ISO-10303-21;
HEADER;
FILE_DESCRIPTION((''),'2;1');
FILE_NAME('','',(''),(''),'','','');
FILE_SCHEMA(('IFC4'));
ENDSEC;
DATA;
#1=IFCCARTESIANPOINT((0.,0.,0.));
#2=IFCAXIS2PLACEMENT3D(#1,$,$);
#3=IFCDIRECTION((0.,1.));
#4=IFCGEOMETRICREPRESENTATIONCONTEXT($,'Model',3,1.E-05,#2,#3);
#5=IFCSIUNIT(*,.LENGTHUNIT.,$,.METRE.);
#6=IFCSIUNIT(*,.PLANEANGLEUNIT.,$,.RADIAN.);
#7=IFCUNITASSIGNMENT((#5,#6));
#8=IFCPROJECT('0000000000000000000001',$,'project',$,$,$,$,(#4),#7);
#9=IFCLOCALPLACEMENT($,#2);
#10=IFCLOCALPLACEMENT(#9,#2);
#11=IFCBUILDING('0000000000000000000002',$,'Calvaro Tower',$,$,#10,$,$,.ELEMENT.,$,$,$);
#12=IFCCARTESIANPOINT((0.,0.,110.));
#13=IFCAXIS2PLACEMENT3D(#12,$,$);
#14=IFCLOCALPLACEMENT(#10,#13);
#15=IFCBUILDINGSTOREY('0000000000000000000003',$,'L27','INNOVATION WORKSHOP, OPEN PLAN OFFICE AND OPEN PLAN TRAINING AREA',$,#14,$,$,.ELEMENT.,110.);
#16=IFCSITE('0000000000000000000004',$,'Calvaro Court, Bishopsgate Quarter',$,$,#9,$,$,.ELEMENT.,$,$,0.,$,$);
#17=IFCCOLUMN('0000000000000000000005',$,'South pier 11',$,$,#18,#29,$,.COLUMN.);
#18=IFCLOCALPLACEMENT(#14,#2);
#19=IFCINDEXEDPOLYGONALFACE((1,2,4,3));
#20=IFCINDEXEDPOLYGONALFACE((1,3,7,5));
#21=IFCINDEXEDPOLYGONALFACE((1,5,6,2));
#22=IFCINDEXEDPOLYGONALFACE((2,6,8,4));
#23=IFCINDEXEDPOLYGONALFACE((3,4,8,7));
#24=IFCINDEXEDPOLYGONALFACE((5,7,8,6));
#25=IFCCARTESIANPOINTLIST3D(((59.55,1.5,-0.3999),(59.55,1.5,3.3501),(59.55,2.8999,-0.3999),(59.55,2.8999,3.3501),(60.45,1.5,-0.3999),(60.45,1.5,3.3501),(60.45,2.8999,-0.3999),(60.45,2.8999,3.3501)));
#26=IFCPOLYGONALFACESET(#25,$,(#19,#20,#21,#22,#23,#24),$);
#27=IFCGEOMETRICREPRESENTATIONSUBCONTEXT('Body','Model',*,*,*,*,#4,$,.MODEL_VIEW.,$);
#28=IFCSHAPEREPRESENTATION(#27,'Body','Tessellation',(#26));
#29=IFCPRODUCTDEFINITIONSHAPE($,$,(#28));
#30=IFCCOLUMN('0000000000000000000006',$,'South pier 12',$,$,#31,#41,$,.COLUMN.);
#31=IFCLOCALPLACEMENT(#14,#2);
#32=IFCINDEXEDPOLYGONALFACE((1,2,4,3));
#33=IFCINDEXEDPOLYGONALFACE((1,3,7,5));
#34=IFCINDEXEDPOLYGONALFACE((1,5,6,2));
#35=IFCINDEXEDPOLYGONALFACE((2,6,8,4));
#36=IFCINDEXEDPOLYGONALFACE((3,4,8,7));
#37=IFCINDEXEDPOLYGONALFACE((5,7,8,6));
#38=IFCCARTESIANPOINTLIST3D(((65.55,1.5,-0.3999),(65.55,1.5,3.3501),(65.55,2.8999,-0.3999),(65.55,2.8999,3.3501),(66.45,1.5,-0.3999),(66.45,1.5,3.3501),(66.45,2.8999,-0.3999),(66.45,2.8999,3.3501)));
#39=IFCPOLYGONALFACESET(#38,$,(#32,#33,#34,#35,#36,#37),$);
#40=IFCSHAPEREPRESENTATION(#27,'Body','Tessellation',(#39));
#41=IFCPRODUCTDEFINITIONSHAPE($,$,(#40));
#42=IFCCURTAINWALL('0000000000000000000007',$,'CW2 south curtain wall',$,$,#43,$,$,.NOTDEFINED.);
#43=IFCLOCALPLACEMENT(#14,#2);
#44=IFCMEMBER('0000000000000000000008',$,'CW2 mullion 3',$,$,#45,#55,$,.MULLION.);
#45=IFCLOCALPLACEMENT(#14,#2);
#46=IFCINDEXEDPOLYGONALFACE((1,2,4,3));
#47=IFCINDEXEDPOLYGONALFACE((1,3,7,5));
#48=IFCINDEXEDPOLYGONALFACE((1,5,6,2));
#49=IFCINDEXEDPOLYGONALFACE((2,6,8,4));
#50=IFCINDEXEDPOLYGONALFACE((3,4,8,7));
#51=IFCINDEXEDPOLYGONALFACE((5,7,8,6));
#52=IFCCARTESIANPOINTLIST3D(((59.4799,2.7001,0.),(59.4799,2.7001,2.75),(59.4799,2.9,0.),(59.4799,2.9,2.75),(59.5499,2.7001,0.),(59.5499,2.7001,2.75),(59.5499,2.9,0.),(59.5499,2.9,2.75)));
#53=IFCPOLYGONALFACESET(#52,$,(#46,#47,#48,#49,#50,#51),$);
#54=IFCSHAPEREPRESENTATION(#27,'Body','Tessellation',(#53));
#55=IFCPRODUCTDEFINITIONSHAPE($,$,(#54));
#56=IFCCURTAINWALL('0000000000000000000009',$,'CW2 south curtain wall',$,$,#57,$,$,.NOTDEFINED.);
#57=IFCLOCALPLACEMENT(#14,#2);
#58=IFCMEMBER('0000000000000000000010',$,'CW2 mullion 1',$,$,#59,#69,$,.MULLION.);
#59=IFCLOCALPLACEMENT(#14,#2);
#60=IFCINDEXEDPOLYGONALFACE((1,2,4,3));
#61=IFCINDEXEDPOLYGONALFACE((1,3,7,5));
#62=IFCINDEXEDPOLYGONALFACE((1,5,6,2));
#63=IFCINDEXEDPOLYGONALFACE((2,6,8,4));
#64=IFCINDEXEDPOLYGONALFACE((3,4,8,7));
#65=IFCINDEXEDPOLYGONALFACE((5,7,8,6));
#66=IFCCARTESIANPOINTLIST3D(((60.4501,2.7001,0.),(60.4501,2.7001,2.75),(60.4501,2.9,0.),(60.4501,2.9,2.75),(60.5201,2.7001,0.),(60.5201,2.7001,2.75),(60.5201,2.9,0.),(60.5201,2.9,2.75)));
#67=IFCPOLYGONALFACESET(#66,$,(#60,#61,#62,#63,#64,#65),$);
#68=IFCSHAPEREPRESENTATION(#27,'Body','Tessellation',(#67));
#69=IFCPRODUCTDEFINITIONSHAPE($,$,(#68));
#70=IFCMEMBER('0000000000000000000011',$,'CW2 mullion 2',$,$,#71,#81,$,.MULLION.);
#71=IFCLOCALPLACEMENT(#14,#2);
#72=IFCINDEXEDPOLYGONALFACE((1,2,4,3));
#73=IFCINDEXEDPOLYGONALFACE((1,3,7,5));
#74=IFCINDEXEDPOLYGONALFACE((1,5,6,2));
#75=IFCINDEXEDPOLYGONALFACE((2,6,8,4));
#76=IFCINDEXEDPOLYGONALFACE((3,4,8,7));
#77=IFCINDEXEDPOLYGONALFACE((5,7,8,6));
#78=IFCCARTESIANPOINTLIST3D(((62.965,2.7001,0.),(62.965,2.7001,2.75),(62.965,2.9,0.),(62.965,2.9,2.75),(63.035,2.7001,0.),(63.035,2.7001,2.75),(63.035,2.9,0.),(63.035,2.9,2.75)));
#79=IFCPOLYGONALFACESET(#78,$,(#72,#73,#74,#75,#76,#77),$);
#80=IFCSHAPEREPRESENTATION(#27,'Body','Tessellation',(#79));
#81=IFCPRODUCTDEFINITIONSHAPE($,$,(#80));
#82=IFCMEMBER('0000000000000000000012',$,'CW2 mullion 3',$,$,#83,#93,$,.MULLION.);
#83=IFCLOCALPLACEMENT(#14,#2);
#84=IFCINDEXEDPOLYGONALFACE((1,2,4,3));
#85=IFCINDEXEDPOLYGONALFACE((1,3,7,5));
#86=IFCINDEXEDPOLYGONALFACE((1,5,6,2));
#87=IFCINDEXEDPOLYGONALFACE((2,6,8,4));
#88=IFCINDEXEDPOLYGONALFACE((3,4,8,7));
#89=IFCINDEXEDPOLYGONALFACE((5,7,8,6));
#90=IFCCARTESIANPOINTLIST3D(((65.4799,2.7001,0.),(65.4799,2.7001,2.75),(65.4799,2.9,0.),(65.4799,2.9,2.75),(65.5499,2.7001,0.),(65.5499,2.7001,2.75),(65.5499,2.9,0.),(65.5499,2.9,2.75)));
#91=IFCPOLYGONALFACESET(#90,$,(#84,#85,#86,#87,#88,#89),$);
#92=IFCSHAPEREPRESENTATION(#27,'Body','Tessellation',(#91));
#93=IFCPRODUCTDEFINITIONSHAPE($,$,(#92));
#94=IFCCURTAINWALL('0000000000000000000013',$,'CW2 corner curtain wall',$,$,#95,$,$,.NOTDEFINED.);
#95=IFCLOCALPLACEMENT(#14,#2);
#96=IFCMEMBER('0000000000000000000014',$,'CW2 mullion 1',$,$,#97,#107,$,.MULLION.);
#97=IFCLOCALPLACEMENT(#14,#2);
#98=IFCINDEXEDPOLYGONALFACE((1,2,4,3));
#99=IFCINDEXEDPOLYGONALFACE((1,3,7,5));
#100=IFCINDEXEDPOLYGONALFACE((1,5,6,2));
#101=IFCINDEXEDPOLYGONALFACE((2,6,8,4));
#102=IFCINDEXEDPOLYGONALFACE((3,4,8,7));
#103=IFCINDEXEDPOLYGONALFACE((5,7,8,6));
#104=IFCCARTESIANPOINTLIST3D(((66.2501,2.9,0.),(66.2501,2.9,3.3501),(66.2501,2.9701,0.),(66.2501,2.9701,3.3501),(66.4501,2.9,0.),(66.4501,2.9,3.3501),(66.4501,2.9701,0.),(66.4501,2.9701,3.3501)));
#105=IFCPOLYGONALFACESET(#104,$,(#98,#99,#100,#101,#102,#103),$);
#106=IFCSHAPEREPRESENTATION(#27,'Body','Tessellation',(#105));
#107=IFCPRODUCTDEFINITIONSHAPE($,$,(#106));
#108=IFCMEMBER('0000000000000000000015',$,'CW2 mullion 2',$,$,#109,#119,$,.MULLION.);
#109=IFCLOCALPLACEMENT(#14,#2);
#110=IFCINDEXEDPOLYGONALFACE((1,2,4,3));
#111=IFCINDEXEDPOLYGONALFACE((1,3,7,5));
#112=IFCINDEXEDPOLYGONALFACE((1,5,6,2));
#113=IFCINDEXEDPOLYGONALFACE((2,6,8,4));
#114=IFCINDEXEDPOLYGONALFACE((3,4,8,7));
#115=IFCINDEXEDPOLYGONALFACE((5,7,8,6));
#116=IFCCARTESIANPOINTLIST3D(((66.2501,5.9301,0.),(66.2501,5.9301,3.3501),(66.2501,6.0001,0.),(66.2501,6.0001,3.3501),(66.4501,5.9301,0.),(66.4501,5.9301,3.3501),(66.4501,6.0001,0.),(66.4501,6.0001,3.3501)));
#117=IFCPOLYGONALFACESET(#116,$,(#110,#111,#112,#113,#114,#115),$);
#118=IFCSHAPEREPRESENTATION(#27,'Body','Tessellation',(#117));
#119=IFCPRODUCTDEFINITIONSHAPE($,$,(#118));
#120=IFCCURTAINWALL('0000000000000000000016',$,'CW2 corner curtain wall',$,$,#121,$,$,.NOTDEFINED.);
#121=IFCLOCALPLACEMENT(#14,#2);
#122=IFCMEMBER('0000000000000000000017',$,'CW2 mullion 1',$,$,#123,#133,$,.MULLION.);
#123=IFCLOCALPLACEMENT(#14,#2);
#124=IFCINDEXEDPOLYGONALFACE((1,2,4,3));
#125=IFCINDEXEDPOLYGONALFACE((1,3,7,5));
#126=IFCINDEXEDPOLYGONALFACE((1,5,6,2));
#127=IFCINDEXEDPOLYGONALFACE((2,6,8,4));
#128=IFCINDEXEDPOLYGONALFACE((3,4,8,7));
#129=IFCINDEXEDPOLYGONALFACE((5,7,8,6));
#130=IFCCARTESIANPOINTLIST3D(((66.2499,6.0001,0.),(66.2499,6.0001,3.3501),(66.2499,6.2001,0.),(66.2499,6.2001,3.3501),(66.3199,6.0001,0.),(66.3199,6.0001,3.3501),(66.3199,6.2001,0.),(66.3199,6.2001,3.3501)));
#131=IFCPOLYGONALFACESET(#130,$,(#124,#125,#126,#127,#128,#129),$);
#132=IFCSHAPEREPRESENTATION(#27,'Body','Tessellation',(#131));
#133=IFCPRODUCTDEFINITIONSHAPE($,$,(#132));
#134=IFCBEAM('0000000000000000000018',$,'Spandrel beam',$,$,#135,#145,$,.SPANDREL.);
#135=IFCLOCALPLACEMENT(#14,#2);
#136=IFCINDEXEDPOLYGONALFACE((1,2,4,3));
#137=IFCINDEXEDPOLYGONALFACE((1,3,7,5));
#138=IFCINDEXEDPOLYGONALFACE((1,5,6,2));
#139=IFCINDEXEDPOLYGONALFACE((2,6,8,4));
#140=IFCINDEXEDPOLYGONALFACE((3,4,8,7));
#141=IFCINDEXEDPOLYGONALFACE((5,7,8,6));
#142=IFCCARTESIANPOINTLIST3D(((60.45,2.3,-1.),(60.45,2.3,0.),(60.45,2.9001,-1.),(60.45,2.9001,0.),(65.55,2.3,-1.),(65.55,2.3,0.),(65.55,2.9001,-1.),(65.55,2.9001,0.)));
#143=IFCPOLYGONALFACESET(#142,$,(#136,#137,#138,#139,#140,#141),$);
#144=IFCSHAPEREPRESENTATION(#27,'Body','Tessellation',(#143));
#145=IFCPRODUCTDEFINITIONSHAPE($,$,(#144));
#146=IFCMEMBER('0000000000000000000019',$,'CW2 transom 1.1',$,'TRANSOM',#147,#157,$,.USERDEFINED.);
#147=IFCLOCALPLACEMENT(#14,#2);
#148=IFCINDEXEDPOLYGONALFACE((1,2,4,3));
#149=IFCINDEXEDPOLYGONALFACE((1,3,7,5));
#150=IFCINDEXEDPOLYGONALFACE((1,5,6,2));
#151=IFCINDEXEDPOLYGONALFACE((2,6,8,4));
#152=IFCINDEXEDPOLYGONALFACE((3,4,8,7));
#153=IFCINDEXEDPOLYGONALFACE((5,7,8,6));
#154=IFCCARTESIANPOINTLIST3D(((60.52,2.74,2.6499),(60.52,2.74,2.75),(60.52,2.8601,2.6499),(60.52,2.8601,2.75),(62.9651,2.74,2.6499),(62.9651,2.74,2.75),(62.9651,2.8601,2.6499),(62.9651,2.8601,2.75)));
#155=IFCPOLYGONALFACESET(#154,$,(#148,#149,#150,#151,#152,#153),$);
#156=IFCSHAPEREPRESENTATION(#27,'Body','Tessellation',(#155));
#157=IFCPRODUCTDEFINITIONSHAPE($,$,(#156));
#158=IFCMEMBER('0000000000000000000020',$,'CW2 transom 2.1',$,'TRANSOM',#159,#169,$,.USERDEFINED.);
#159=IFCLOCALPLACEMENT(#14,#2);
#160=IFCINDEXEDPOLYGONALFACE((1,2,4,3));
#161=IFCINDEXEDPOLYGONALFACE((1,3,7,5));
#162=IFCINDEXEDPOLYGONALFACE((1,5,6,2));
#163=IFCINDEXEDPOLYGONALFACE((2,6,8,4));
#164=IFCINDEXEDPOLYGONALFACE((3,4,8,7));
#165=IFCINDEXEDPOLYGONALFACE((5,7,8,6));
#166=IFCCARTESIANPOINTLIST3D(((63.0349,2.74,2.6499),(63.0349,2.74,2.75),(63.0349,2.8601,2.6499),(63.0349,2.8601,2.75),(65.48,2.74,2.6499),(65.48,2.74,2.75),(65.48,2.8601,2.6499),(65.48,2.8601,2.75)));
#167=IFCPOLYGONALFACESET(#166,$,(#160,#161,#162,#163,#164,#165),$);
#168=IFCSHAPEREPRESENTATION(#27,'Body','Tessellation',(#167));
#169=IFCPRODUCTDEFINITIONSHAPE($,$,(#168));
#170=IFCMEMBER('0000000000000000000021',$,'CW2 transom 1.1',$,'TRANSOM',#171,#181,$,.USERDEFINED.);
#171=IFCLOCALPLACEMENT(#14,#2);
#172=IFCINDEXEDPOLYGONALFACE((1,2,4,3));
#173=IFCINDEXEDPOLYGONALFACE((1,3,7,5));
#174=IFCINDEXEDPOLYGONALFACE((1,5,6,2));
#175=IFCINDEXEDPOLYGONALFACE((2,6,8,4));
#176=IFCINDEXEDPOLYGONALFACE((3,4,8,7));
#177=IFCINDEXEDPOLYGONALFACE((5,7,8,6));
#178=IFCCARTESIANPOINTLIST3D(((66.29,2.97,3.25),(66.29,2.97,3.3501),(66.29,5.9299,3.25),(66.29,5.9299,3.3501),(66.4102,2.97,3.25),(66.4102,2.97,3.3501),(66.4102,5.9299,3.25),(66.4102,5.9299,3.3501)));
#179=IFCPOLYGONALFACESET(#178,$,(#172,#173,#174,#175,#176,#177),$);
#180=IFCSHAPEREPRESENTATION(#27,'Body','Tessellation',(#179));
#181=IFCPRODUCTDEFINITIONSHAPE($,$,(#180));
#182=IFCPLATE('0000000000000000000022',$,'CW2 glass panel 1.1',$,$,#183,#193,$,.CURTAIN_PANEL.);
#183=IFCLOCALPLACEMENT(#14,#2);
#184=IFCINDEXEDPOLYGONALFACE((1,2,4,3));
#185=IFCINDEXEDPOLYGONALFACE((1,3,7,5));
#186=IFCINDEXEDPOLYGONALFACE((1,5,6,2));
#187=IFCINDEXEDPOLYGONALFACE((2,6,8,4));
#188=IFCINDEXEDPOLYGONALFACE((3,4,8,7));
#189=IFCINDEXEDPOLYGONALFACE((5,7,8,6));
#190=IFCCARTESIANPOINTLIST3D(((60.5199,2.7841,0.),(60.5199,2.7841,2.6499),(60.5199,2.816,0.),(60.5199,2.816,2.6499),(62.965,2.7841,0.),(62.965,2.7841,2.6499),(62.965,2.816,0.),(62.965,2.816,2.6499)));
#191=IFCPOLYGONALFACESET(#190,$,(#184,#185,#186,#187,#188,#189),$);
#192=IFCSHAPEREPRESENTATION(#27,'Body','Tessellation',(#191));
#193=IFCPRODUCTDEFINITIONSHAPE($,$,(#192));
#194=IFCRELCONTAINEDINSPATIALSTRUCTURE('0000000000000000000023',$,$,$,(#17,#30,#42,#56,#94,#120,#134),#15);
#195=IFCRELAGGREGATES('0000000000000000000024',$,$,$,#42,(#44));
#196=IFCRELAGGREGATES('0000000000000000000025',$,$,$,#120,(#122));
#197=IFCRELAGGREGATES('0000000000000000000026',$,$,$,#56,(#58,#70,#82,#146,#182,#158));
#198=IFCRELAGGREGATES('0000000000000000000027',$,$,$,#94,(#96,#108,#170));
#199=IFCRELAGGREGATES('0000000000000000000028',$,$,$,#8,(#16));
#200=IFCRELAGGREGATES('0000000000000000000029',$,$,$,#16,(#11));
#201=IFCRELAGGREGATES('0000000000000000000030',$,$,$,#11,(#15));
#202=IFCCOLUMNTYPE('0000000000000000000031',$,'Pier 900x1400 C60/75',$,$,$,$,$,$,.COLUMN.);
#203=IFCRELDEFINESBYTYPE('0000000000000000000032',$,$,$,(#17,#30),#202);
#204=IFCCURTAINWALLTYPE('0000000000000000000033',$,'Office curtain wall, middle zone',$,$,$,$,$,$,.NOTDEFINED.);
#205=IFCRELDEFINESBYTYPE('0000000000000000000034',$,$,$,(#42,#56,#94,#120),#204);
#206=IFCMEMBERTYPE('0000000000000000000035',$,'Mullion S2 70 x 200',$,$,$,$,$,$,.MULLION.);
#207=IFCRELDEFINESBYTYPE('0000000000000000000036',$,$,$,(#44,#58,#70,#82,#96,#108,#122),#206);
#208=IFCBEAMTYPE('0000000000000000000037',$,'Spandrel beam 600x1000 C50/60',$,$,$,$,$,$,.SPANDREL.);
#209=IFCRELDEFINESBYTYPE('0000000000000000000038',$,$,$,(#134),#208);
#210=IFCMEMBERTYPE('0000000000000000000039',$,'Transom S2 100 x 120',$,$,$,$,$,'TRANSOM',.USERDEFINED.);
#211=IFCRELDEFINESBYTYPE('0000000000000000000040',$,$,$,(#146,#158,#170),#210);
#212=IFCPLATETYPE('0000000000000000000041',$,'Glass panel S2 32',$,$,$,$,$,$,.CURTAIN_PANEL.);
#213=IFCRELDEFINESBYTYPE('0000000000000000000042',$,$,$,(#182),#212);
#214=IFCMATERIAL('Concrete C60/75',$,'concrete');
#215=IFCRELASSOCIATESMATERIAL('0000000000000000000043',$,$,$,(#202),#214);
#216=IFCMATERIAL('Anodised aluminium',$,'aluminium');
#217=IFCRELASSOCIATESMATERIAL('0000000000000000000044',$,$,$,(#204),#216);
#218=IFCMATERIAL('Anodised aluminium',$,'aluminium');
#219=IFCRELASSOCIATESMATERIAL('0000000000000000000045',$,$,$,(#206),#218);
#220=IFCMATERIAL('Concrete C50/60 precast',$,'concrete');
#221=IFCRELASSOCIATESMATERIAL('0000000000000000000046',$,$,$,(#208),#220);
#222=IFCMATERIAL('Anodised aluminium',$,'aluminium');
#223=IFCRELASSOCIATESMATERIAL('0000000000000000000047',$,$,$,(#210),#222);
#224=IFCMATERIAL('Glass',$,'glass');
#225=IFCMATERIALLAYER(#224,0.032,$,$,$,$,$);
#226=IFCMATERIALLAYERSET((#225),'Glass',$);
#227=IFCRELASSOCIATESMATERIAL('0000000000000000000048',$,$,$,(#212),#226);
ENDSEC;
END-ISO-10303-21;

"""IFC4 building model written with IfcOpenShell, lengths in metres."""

from ifc_helpers import new_model, si_unit, direction, frame, origin, origin_2d, place, context, subcontext, project, spatial, rectangle, extrude, material, layer, layer_set, material_profile, profile_set, type_object, element, aggregate, save


model = new_model("IFC4")

# Units and contexts
model_context = context("Model", 3, precision=1e-05, world=origin(), true_north=direction((0.0, 1.0)))
body_context = subcontext(model_context, "Body", "Model", "MODEL_VIEW")
ifc_project = project(units=[si_unit("LENGTHUNIT", "METRE"), si_unit("PLANEANGLEUNIT", "RADIAN")], contexts=[model_context])

# Site, building, storey
site_placement = place(None, origin())
site = spatial("IfcSite", under=ifc_project, at=site_placement, Name="Calvaro Court, Bishopsgate Quarter", CompositionType="ELEMENT", RefElevation=0.0)
building_placement = place(site_placement, origin())
building = spatial("IfcBuilding", under=site, at=building_placement, Name="Calvaro Tower", CompositionType="ELEMENT")
storey_placement = place(building_placement, frame((0.0, 0.0, 110.0)))
storey = spatial("IfcBuildingStorey", under=building, at=storey_placement, Name="L27", Description="INNOVATION WORKSHOP, OPEN PLAN OFFICE AND OPEN PLAN TRAINING AREA", CompositionType="ELEMENT", Elevation=110.0)

# Columns
ifc_material_1 = material(Name="Concrete C60/75", Category="concrete")
ifc_material_profile_1 = material_profile(ifc_material_1, rectangle(XDim=0.8999, YDim=1.3999, at=origin_2d()), Name="RC 900x1400")
ifc_profile_set_1 = profile_set([ifc_material_profile_1], Name="Concrete C60/75")
column_type = type_object("IfcColumnType", Name="Pier 900x1400 C60/75", PredefinedType="COLUMN", material=ifc_profile_set_1)
for number, where, z_axis, x_axis, name in (
    (1, (60.0, 2.2, -0.3999), (0.0, 0.0, 1.0), (1.0, 0.0, 0.0), "South pier 11"),
    (2, (66.0, 2.2, -0.3999), (0.0, 0.0, 1.0), (1.0, 0.0, 0.0), "South pier 12"),
):
    element("IfcColumn", number, at=place(storey_placement, frame(where, z_axis=z_axis, x_axis=x_axis)), inside=storey, type_object=column_type, Name=name, PredefinedType="COLUMN", context=body_context, shape_type="SweptSolid", body=[
        extrude(rectangle(XDim=0.8999, YDim=1.3999, at=origin_2d()), origin(), (0.0, 0.0, 1.0), 3.75),
    ])

# Curtain wall, member
ifc_material_2 = material(Name="Anodised aluminium", Category="aluminium")
curtain_wall_type = type_object("IfcCurtainWallType", Name="Office curtain wall, middle zone", PredefinedType="NOTDEFINED", material=ifc_material_2)
curtain_wall_1_placement = place(storey_placement, origin())
curtain_wall_1 = element("IfcCurtainWall", 3, at=curtain_wall_1_placement, inside=storey, type_object=curtain_wall_type, Name="CW2 south curtain wall", PredefinedType="NOTDEFINED")
ifc_material_3 = material(Name="Anodised aluminium", Category="aluminium")
ifc_material_profile_2 = material_profile(ifc_material_3, rectangle(XDim=0.2, YDim=0.0701, at=origin_2d()), Name="Mullion S2 70 x 200")
ifc_profile_set_2 = profile_set([ifc_material_profile_2], Name="Anodised aluminium")
member_type_1 = type_object("IfcMemberType", Name="Mullion S2 70 x 200", PredefinedType="MULLION", material=ifc_profile_set_2)
member_1_placement = place(storey_placement, frame((59.5149, 2.8, 0.0), z_axis=(0.0, 0.0, 1.0), x_axis=(0.0, 1.0, 0.0)))
member_1 = element("IfcMember", 4, at=member_1_placement, type_object=member_type_1, Name="CW2 mullion 3", PredefinedType="MULLION", context=body_context, shape_type="SweptSolid", body=[
    extrude(rectangle(XDim=0.2, YDim=0.0701, at=origin_2d()), origin(), (0.0, 0.0, 1.0), 2.75),
])
aggregate(curtain_wall_1, [member_1])

# Curtain walls, members
curtain_wall_2_placement = place(storey_placement, origin())
curtain_wall_2 = element("IfcCurtainWall", 5, at=curtain_wall_2_placement, inside=storey, type_object=curtain_wall_type, Name="CW2 south curtain wall", PredefinedType="NOTDEFINED")
member_2_placement = place(storey_placement, frame((60.4851, 2.8, 0.0), z_axis=(0.0, 0.0, 1.0), x_axis=(0.0, 1.0, 0.0)))
member_2 = element("IfcMember", 6, at=member_2_placement, type_object=member_type_1, Name="CW2 mullion 1", PredefinedType="MULLION", context=body_context, shape_type="SweptSolid", body=[
    extrude(rectangle(XDim=0.2, YDim=0.0701, at=origin_2d()), origin(), (0.0, 0.0, 1.0), 2.75),
])
member_3_placement = place(storey_placement, frame((63.0, 2.8, 0.0), z_axis=(0.0, 0.0, 1.0), x_axis=(0.0, 1.0, 0.0)))
member_3 = element("IfcMember", 7, at=member_3_placement, type_object=member_type_1, Name="CW2 mullion 2", PredefinedType="MULLION", context=body_context, shape_type="SweptSolid", body=[
    extrude(rectangle(XDim=0.2, YDim=0.0701, at=origin_2d()), origin(), (0.0, 0.0, 1.0), 2.75),
])
member_4_placement = place(storey_placement, frame((65.5149, 2.8, 0.0), z_axis=(0.0, 0.0, 1.0), x_axis=(0.0, 1.0, 0.0)))
member_4 = element("IfcMember", 8, at=member_4_placement, type_object=member_type_1, Name="CW2 mullion 3", PredefinedType="MULLION", context=body_context, shape_type="SweptSolid", body=[
    extrude(rectangle(XDim=0.2, YDim=0.0701, at=origin_2d()), origin(), (0.0, 0.0, 1.0), 2.75),
])
curtain_wall_3_placement = place(storey_placement, origin())
curtain_wall_3 = element("IfcCurtainWall", 9, at=curtain_wall_3_placement, inside=storey, type_object=curtain_wall_type, Name="CW2 corner curtain wall", PredefinedType="NOTDEFINED")
member_5_placement = place(storey_placement, frame((66.3501, 2.9351, 0.0), z_axis=(0.0, 0.0, 1.0), x_axis=(-1.0, 0.0, 0.0)))
member_5 = element("IfcMember", 10, at=member_5_placement, type_object=member_type_1, Name="CW2 mullion 1", PredefinedType="MULLION", context=body_context, shape_type="SweptSolid", body=[
    extrude(rectangle(XDim=0.2, YDim=0.0701, at=origin_2d()), origin(), (0.0, 0.0, 1.0), 3.3501),
])
member_6_placement = place(storey_placement, frame((66.3501, 5.9651, 0.0), z_axis=(0.0, 0.0, 1.0), x_axis=(-1.0, 0.0, 0.0)))
member_6 = element("IfcMember", 11, at=member_6_placement, type_object=member_type_1, Name="CW2 mullion 2", PredefinedType="MULLION", context=body_context, shape_type="SweptSolid", body=[
    extrude(rectangle(XDim=0.2, YDim=0.0701, at=origin_2d()), origin(), (0.0, 0.0, 1.0), 3.3501),
])

# Curtain wall, member
curtain_wall_4_placement = place(storey_placement, origin())
curtain_wall_4 = element("IfcCurtainWall", 12, at=curtain_wall_4_placement, inside=storey, type_object=curtain_wall_type, Name="CW2 corner curtain wall", PredefinedType="NOTDEFINED")
member_7_placement = place(storey_placement, frame((66.2849, 6.1001, 0.0), z_axis=(0.0, 0.0, 1.0), x_axis=(0.0, 1.0, 0.0)))
member_7 = element("IfcMember", 13, at=member_7_placement, type_object=member_type_1, Name="CW2 mullion 1", PredefinedType="MULLION", context=body_context, shape_type="SweptSolid", body=[
    extrude(rectangle(XDim=0.2, YDim=0.0701, at=origin_2d()), origin(), (0.0, 0.0, 1.0), 3.3501),
])
aggregate(curtain_wall_4, [member_7])

# Beam
ifc_material_4 = material(Name="Concrete C50/60 precast", Category="concrete")
ifc_material_profile_3 = material_profile(ifc_material_4, rectangle(XDim=0.6001, YDim=1.0, at=origin_2d()), Name="RC 600x1000")
ifc_profile_set_3 = profile_set([ifc_material_profile_3], Name="Concrete C50/60 precast")
beam_type = type_object("IfcBeamType", Name="Spandrel beam 600x1000 C50/60", PredefinedType="SPANDREL", material=ifc_profile_set_3)
beam_placement = place(storey_placement, frame((60.45, 2.6001, -0.5), z_axis=(1.0, 0.0, 0.0), x_axis=(0.0, 1.0, 0.0)))
element("IfcBeam", 14, at=beam_placement, inside=storey, type_object=beam_type, Name="Spandrel beam", PredefinedType="SPANDREL", context=body_context, shape_type="SweptSolid", body=[
    extrude(rectangle(XDim=0.6001, YDim=1.0, at=origin_2d()), origin(), (0.0, 0.0, 1.0), 5.1001),
])

# Members
ifc_material_5 = material(Name="Anodised aluminium", Category="aluminium")
ifc_material_profile_4 = material_profile(ifc_material_5, rectangle(XDim=0.1201, YDim=0.1001, at=origin_2d()), Name="Transom S2 100 x 120")
ifc_profile_set_4 = profile_set([ifc_material_profile_4], Name="Anodised aluminium")
member_type_2 = type_object("IfcMemberType", Name="Transom S2 100 x 120", ElementType="TRANSOM", PredefinedType="USERDEFINED", material=ifc_profile_set_4)
member_8_placement = place(storey_placement, frame((60.52, 2.8, 2.7), z_axis=(1.0, 0.0, 0.0), x_axis=(0.0, 1.0, 0.0)))
member_8 = element("IfcMember", 15, at=member_8_placement, type_object=member_type_2, Name="CW2 transom 1.1", ObjectType="TRANSOM", PredefinedType="USERDEFINED", context=body_context, shape_type="SweptSolid", body=[
    extrude(rectangle(XDim=0.1201, YDim=0.1001, at=origin_2d()), origin(), (0.0, 0.0, 1.0), 2.4451),
])
member_9_placement = place(storey_placement, frame((63.0349, 2.8, 2.7), z_axis=(1.0, 0.0, 0.0), x_axis=(0.0, 1.0, 0.0)))
member_9 = element("IfcMember", 16, at=member_9_placement, type_object=member_type_2, Name="CW2 transom 2.1", ObjectType="TRANSOM", PredefinedType="USERDEFINED", context=body_context, shape_type="SweptSolid", body=[
    extrude(rectangle(XDim=0.1201, YDim=0.1001, at=origin_2d()), origin(), (0.0, 0.0, 1.0), 2.4451),
])
member_10_placement = place(storey_placement, frame((66.3501, 2.97, 3.3), z_axis=(0.0, 1.0, 0.0), x_axis=(-1.0, 0.0, 0.0)))
member_10 = element("IfcMember", 17, at=member_10_placement, type_object=member_type_2, Name="CW2 transom 1.1", ObjectType="TRANSOM", PredefinedType="USERDEFINED", context=body_context, shape_type="SweptSolid", body=[
    extrude(rectangle(XDim=0.1201, YDim=0.1001, at=origin_2d()), origin(), (0.0, 0.0, 1.0), 2.96),
])

# Plate
ifc_material_6 = material(Name="Glass", Category="glass")
ifc_layer_1 = layer(ifc_material_6, 0.032)
ifc_layer_set_1 = layer_set([ifc_layer_1], Name="Glass")
plate_type = type_object("IfcPlateType", Name="Glass panel S2 32", PredefinedType="CURTAIN_PANEL", material=ifc_layer_set_1)
plate_1_placement = place(storey_placement, frame((61.7424, 2.8, 0.0), z_axis=(0.0, 0.0, 1.0), x_axis=(1.0, 0.0, 0.0)))
plate_1 = element("IfcPlate", 18, at=plate_1_placement, type_object=plate_type, Name="CW2 glass panel 1.1", PredefinedType="CURTAIN_PANEL", context=body_context, shape_type="SweptSolid", body=[
    extrude(rectangle(XDim=2.4451, YDim=0.032, at=origin_2d()), origin(), (0.0, 0.0, 1.0), 2.6499),
])
aggregate(curtain_wall_2, [member_2, member_3, member_4, member_8, plate_1, member_9])
aggregate(curtain_wall_3, [member_5, member_6, member_10])

save(model, "model.ifc")
